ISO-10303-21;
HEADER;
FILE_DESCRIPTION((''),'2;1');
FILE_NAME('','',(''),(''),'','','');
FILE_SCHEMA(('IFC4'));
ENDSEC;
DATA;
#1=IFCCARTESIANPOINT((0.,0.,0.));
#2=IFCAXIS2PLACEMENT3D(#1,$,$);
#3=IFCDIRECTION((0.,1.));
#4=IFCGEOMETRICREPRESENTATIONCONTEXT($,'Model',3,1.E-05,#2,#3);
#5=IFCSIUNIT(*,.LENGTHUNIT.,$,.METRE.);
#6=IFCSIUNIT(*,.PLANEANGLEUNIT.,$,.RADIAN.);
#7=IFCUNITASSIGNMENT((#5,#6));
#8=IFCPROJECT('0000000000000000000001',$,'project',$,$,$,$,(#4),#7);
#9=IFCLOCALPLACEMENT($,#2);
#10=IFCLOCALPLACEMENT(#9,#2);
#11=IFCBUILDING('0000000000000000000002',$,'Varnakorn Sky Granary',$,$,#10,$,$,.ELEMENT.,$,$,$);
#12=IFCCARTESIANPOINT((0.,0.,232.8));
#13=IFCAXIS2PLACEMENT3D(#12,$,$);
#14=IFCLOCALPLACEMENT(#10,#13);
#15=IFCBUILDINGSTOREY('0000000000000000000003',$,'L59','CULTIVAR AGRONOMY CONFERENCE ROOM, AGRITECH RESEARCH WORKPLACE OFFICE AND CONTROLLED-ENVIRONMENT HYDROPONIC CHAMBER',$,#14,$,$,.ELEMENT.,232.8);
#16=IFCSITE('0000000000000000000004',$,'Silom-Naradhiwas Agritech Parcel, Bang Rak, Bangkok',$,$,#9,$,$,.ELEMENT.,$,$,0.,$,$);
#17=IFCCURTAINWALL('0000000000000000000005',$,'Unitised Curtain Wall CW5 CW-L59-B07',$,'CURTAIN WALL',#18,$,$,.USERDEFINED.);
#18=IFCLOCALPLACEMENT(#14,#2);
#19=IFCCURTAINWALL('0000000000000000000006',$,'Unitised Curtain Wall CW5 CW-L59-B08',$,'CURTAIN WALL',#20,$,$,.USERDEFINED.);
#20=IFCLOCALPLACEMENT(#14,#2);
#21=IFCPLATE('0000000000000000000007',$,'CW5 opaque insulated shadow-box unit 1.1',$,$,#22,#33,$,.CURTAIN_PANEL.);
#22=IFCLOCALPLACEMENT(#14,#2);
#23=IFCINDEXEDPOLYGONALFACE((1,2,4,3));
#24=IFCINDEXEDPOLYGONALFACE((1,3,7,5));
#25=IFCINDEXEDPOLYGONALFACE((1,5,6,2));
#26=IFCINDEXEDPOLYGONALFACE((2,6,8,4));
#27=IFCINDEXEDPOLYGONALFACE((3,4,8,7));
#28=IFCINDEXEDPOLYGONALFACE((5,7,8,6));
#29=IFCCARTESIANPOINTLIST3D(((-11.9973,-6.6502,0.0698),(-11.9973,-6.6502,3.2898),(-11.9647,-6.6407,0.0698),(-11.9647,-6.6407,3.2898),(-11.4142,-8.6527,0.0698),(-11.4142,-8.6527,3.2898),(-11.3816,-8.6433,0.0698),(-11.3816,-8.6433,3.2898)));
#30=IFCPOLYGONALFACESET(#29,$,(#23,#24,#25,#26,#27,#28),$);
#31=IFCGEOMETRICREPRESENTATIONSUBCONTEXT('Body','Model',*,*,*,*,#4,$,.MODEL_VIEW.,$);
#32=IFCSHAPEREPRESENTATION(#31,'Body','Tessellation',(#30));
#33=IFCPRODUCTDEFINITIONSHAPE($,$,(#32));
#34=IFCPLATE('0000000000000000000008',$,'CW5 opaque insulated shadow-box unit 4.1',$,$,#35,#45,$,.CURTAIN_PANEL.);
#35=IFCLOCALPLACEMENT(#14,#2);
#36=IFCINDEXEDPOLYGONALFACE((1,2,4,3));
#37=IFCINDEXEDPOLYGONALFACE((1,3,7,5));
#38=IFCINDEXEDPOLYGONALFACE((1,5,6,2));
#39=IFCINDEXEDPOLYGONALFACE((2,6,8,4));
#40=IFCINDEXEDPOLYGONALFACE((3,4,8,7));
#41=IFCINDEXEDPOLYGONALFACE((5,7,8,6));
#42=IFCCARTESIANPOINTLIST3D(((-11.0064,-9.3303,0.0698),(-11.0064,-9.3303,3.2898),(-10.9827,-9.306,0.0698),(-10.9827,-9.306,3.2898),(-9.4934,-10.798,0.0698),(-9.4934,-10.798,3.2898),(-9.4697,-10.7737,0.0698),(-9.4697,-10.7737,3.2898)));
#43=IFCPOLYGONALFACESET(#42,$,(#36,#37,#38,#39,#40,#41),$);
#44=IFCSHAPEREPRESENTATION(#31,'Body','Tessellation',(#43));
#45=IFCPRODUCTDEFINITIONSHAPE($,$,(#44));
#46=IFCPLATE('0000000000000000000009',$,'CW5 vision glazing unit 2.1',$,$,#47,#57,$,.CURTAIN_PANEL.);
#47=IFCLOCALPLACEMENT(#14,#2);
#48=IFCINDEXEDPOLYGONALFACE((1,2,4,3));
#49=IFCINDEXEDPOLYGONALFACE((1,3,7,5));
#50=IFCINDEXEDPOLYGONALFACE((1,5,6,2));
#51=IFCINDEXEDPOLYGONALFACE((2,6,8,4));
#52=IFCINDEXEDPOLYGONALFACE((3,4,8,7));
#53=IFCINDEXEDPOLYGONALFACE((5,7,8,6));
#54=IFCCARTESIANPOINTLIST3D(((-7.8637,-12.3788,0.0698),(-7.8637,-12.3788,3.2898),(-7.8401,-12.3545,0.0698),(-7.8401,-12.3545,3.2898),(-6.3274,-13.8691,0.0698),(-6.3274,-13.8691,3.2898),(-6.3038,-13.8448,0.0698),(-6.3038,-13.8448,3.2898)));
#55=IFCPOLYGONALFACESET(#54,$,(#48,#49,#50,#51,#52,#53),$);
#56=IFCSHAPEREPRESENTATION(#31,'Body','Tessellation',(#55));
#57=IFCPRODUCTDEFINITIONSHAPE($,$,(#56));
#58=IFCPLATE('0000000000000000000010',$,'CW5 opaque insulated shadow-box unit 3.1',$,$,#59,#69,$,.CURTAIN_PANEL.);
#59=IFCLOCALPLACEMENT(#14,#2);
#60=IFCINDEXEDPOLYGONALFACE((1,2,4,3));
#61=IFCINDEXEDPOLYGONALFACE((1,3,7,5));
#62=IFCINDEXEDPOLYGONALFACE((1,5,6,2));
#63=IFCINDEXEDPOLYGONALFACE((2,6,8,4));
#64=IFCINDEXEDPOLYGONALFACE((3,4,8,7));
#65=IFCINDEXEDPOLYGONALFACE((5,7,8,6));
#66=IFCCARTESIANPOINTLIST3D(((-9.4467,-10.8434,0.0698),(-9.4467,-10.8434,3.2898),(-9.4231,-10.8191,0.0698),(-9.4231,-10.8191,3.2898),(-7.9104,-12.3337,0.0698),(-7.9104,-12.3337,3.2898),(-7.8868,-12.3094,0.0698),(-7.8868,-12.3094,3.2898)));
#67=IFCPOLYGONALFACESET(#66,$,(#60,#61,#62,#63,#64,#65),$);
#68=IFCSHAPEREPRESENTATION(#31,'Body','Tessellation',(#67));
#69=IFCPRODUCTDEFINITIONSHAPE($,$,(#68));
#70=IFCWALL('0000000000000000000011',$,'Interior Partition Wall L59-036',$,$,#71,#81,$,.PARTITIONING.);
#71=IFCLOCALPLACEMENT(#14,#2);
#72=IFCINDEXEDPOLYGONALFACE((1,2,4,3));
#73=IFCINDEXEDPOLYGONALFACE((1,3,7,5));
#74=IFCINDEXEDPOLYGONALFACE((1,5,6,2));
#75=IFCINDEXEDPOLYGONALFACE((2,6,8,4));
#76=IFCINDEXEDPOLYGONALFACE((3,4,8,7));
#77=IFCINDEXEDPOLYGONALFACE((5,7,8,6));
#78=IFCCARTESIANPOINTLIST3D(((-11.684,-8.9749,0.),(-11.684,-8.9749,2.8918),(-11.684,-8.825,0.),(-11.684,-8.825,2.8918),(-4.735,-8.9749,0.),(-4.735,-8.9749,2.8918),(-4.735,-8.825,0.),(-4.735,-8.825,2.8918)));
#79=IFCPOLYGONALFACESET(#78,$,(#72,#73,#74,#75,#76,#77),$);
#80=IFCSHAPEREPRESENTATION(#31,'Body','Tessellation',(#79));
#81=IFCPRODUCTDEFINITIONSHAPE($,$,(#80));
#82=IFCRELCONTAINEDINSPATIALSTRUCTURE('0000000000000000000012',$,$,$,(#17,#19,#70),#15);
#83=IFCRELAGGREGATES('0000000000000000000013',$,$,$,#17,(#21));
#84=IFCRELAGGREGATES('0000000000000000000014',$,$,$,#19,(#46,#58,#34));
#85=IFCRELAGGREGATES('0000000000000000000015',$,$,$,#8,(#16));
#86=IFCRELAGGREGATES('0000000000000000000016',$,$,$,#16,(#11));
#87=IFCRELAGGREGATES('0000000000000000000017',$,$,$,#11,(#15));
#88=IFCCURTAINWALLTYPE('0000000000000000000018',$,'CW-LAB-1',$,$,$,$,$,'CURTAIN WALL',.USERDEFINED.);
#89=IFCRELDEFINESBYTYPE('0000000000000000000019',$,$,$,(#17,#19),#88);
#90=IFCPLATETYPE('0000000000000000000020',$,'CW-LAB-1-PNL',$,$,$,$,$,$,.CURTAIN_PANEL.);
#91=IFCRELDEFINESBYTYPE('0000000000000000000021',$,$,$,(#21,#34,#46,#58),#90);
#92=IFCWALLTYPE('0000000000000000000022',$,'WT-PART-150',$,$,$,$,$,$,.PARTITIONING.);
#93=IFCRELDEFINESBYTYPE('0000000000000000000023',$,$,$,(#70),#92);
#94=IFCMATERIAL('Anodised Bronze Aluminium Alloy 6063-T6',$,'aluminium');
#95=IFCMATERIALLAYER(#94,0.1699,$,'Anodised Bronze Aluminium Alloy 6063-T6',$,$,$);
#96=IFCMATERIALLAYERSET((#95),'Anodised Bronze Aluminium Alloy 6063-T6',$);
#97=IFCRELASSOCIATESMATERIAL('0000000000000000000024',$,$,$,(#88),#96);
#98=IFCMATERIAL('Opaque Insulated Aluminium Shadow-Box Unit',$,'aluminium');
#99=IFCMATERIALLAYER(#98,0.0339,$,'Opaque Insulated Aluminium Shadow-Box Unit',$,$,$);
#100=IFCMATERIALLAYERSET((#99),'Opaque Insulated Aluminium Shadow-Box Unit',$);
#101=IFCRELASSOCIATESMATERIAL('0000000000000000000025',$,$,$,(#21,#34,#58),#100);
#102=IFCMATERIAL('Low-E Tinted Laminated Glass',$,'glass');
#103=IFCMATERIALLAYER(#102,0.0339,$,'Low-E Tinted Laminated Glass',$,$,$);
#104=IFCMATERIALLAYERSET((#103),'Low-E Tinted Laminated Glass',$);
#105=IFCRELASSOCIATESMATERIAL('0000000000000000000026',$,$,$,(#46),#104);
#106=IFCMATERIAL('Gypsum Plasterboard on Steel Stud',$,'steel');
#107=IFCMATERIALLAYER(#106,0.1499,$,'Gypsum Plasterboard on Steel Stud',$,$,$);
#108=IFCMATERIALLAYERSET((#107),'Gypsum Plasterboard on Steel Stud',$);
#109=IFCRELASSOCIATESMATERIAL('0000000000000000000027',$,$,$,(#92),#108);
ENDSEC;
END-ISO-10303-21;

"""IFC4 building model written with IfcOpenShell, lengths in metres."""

from ifc_helpers import new_model, si_unit, direction, frame, frame_2d, origin, origin_2d, place, context, subcontext, project, spatial, rectangle, extrude, source, transform, mapped, material, layer, layer_set, type_object, type_shapes, element, aggregate, save


model = new_model("IFC4")

# Units and contexts
model_context = context("Model", 3, precision=1e-05, world=origin(), true_north=direction((0.0, 1.0)))
body_context = subcontext(model_context, "Body", "Model", "MODEL_VIEW")
ifc_project = project(units=[si_unit("LENGTHUNIT", "METRE"), si_unit("PLANEANGLEUNIT", "RADIAN")], contexts=[model_context])

# Site, building, storey
site_placement = place(None, origin())
site = spatial("IfcSite", under=ifc_project, at=site_placement, Name="Silom-Naradhiwas Agritech Parcel, Bang Rak, Bangkok", CompositionType="ELEMENT", RefElevation=0.0)
building_placement = place(site_placement, origin())
building = spatial("IfcBuilding", under=site, at=building_placement, Name="Varnakorn Sky Granary", CompositionType="ELEMENT")
storey_placement = place(building_placement, frame((0.0, 0.0, 232.8)))
storey = spatial("IfcBuildingStorey", under=building, at=storey_placement, Name="L59", Description="CULTIVAR AGRONOMY CONFERENCE ROOM, AGRITECH RESEARCH WORKPLACE OFFICE AND CONTROLLED-ENVIRONMENT HYDROPONIC CHAMBER", CompositionType="ELEMENT", Elevation=232.8)

# Curtain walls
ifc_material_1 = material(Name="Anodised Bronze Aluminium Alloy 6063-T6", Category="aluminium")
ifc_layer_1 = layer(ifc_material_1, 0.1699, Name="Anodised Bronze Aluminium Alloy 6063-T6")
ifc_layer_set_1 = layer_set([ifc_layer_1], Name="Anodised Bronze Aluminium Alloy 6063-T6")
curtain_wall_type = type_object("IfcCurtainWallType", Name="CW-LAB-1", ElementType="CURTAIN WALL", PredefinedType="USERDEFINED", material=ifc_layer_set_1)
curtain_wall_1_placement = place(storey_placement, origin())
curtain_wall_1 = element("IfcCurtainWall", 1, at=curtain_wall_1_placement, inside=storey, type_object=curtain_wall_type, Name="Unitised Curtain Wall CW5 CW-L59-B07", ObjectType="CURTAIN WALL", PredefinedType="USERDEFINED")
curtain_wall_2_placement = place(storey_placement, origin())
curtain_wall_2 = element("IfcCurtainWall", 2, at=curtain_wall_2_placement, inside=storey, type_object=curtain_wall_type, Name="Unitised Curtain Wall CW5 CW-L59-B08", ObjectType="CURTAIN WALL", PredefinedType="USERDEFINED")

# Plates
ifc_material_2 = material(Name="Opaque Insulated Aluminium Shadow-Box Unit", Category="aluminium")
ifc_layer_2 = layer(ifc_material_2, 0.0339, Name="Opaque Insulated Aluminium Shadow-Box Unit")
ifc_layer_set_2 = layer_set([ifc_layer_2], Name="Opaque Insulated Aluminium Shadow-Box Unit")
plate_type = type_object("IfcPlateType", Name="CW-LAB-1-PNL", PredefinedType="CURTAIN_PANEL")
shared_shape_1 = source(origin(), body_context, "Body", "SweptSolid", [
    extrude(rectangle(XDim=2.0857, YDim=0.0339, at=origin_2d()), origin(), (0.0, 0.0, 1.0), 3.22),
])
plate_1_placement = place(storey_placement, frame((-11.6895, -7.6467, 0.0698), z_axis=(0.0, 0.0, 1.0), x_axis=(-0.279559, 0.960129, 0.0)))
plate_1 = element("IfcPlate", 3, at=plate_1_placement, type_object=plate_type, material=ifc_layer_set_2, Name="CW5 opaque insulated shadow-box unit 1.1", PredefinedType="CURTAIN_PANEL", context=body_context, shape_type="MappedRepresentation", body=[
    mapped(shared_shape_1, transform((0.0, 0.0, 0.0), x_axis=(1.0, 0.0, 0.0), y_axis=(0.0, 1.0, 0.0), z_axis=(0.0, 0.0, 1.0), scale=1.0)),
])
aggregate(curtain_wall_1, [plate_1])
shared_shape_2 = source(origin(), body_context, "Body", "SweptSolid", [
    extrude(rectangle(XDim=2.1079, YDim=0.0339, at=origin_2d()), origin(), (0.0, 0.0, 1.0), 3.22),
])
plate_2_placement = place(storey_placement, frame((-10.238, -10.052, 0.0698), z_axis=(0.0, 0.0, 1.0), x_axis=(-0.717771, 0.696279, 0.0)))
plate_2 = element("IfcPlate", 4, at=plate_2_placement, type_object=plate_type, material=ifc_layer_set_2, Name="CW5 opaque insulated shadow-box unit 4.1", PredefinedType="CURTAIN_PANEL", context=body_context, shape_type="MappedRepresentation", body=[
    mapped(shared_shape_2, transform((0.0, 0.0, 0.0), x_axis=(1.0, 0.0, 0.0), y_axis=(0.0, 1.0, 0.0), z_axis=(0.0, 0.0, 1.0), scale=1.0)),
])
ifc_material_3 = material(Name="Low-E Tinted Laminated Glass", Category="glass")
ifc_layer_3 = layer(ifc_material_3, 0.0339, Name="Low-E Tinted Laminated Glass")
ifc_layer_set_3 = layer_set([ifc_layer_3], Name="Low-E Tinted Laminated Glass")
shared_shape_3 = source(origin(), body_context, "Body", "SweptSolid", [
    extrude(rectangle(XDim=2.1404, YDim=0.0339, at=origin_2d()), origin(), (0.0, 0.0, 1.0), 3.22),
])
type_shapes(plate_type, [shared_shape_1, shared_shape_2, shared_shape_3])
plate_3_placement = place(storey_placement, frame((-7.0837, -13.1118, 0.0698), z_axis=(0.0, 0.0, 1.0), x_axis=(-0.717771, 0.696279, 0.0)))
plate_3 = element("IfcPlate", 5, at=plate_3_placement, type_object=plate_type, material=ifc_layer_set_3, Name="CW5 vision glazing unit 2.1", PredefinedType="CURTAIN_PANEL", context=body_context, shape_type="MappedRepresentation", body=[
    mapped(shared_shape_3, transform((0.0, 0.0, 0.0), x_axis=(1.0, 0.0, 0.0), y_axis=(0.0, 1.0, 0.0), z_axis=(0.0, 0.0, 1.0), scale=1.0)),
])
plate_4_placement = place(storey_placement, frame((-8.6667, -11.5764, 0.0698), z_axis=(0.0, 0.0, 1.0), x_axis=(-0.717771, 0.696279, 0.0)))
plate_4 = element("IfcPlate", 6, at=plate_4_placement, type_object=plate_type, material=ifc_layer_set_2, Name="CW5 opaque insulated shadow-box unit 3.1", PredefinedType="CURTAIN_PANEL", context=body_context, shape_type="MappedRepresentation", body=[
    mapped(shared_shape_3, transform((0.0, 0.0, 0.0), x_axis=(1.0, 0.0, 0.0), y_axis=(0.0, 1.0, 0.0), z_axis=(0.0, 0.0, 1.0), scale=1.0)),
])
aggregate(curtain_wall_2, [plate_3, plate_4, plate_2])

# Wall
ifc_material_4 = material(Name="Gypsum Plasterboard on Steel Stud", Category="steel")
ifc_layer_4 = layer(ifc_material_4, 0.1499, Name="Gypsum Plasterboard on Steel Stud")
ifc_layer_set_4 = layer_set([ifc_layer_4], Name="Gypsum Plasterboard on Steel Stud")
wall_type = type_object("IfcWallType", Name="WT-PART-150", PredefinedType="PARTITIONING", material=ifc_layer_set_4)
wall_placement = place(storey_placement, frame((-11.6841, -8.8999, 0.0), z_axis=(0.0, 0.0, 1.0), x_axis=(1.0, 0.0, 0.0)))
element("IfcWall", 7, at=wall_placement, inside=storey, type_object=wall_type, Name="Interior Partition Wall L59-036", PredefinedType="PARTITIONING", context=body_context, shape_type="SweptSolid", body=[
    extrude(rectangle(XDim=6.949, YDim=0.1499, at=frame_2d((3.4746, 0.0))), origin(), (0.0, 0.0, 1.0), 2.8918),
])

save(model, "model.ifc")
